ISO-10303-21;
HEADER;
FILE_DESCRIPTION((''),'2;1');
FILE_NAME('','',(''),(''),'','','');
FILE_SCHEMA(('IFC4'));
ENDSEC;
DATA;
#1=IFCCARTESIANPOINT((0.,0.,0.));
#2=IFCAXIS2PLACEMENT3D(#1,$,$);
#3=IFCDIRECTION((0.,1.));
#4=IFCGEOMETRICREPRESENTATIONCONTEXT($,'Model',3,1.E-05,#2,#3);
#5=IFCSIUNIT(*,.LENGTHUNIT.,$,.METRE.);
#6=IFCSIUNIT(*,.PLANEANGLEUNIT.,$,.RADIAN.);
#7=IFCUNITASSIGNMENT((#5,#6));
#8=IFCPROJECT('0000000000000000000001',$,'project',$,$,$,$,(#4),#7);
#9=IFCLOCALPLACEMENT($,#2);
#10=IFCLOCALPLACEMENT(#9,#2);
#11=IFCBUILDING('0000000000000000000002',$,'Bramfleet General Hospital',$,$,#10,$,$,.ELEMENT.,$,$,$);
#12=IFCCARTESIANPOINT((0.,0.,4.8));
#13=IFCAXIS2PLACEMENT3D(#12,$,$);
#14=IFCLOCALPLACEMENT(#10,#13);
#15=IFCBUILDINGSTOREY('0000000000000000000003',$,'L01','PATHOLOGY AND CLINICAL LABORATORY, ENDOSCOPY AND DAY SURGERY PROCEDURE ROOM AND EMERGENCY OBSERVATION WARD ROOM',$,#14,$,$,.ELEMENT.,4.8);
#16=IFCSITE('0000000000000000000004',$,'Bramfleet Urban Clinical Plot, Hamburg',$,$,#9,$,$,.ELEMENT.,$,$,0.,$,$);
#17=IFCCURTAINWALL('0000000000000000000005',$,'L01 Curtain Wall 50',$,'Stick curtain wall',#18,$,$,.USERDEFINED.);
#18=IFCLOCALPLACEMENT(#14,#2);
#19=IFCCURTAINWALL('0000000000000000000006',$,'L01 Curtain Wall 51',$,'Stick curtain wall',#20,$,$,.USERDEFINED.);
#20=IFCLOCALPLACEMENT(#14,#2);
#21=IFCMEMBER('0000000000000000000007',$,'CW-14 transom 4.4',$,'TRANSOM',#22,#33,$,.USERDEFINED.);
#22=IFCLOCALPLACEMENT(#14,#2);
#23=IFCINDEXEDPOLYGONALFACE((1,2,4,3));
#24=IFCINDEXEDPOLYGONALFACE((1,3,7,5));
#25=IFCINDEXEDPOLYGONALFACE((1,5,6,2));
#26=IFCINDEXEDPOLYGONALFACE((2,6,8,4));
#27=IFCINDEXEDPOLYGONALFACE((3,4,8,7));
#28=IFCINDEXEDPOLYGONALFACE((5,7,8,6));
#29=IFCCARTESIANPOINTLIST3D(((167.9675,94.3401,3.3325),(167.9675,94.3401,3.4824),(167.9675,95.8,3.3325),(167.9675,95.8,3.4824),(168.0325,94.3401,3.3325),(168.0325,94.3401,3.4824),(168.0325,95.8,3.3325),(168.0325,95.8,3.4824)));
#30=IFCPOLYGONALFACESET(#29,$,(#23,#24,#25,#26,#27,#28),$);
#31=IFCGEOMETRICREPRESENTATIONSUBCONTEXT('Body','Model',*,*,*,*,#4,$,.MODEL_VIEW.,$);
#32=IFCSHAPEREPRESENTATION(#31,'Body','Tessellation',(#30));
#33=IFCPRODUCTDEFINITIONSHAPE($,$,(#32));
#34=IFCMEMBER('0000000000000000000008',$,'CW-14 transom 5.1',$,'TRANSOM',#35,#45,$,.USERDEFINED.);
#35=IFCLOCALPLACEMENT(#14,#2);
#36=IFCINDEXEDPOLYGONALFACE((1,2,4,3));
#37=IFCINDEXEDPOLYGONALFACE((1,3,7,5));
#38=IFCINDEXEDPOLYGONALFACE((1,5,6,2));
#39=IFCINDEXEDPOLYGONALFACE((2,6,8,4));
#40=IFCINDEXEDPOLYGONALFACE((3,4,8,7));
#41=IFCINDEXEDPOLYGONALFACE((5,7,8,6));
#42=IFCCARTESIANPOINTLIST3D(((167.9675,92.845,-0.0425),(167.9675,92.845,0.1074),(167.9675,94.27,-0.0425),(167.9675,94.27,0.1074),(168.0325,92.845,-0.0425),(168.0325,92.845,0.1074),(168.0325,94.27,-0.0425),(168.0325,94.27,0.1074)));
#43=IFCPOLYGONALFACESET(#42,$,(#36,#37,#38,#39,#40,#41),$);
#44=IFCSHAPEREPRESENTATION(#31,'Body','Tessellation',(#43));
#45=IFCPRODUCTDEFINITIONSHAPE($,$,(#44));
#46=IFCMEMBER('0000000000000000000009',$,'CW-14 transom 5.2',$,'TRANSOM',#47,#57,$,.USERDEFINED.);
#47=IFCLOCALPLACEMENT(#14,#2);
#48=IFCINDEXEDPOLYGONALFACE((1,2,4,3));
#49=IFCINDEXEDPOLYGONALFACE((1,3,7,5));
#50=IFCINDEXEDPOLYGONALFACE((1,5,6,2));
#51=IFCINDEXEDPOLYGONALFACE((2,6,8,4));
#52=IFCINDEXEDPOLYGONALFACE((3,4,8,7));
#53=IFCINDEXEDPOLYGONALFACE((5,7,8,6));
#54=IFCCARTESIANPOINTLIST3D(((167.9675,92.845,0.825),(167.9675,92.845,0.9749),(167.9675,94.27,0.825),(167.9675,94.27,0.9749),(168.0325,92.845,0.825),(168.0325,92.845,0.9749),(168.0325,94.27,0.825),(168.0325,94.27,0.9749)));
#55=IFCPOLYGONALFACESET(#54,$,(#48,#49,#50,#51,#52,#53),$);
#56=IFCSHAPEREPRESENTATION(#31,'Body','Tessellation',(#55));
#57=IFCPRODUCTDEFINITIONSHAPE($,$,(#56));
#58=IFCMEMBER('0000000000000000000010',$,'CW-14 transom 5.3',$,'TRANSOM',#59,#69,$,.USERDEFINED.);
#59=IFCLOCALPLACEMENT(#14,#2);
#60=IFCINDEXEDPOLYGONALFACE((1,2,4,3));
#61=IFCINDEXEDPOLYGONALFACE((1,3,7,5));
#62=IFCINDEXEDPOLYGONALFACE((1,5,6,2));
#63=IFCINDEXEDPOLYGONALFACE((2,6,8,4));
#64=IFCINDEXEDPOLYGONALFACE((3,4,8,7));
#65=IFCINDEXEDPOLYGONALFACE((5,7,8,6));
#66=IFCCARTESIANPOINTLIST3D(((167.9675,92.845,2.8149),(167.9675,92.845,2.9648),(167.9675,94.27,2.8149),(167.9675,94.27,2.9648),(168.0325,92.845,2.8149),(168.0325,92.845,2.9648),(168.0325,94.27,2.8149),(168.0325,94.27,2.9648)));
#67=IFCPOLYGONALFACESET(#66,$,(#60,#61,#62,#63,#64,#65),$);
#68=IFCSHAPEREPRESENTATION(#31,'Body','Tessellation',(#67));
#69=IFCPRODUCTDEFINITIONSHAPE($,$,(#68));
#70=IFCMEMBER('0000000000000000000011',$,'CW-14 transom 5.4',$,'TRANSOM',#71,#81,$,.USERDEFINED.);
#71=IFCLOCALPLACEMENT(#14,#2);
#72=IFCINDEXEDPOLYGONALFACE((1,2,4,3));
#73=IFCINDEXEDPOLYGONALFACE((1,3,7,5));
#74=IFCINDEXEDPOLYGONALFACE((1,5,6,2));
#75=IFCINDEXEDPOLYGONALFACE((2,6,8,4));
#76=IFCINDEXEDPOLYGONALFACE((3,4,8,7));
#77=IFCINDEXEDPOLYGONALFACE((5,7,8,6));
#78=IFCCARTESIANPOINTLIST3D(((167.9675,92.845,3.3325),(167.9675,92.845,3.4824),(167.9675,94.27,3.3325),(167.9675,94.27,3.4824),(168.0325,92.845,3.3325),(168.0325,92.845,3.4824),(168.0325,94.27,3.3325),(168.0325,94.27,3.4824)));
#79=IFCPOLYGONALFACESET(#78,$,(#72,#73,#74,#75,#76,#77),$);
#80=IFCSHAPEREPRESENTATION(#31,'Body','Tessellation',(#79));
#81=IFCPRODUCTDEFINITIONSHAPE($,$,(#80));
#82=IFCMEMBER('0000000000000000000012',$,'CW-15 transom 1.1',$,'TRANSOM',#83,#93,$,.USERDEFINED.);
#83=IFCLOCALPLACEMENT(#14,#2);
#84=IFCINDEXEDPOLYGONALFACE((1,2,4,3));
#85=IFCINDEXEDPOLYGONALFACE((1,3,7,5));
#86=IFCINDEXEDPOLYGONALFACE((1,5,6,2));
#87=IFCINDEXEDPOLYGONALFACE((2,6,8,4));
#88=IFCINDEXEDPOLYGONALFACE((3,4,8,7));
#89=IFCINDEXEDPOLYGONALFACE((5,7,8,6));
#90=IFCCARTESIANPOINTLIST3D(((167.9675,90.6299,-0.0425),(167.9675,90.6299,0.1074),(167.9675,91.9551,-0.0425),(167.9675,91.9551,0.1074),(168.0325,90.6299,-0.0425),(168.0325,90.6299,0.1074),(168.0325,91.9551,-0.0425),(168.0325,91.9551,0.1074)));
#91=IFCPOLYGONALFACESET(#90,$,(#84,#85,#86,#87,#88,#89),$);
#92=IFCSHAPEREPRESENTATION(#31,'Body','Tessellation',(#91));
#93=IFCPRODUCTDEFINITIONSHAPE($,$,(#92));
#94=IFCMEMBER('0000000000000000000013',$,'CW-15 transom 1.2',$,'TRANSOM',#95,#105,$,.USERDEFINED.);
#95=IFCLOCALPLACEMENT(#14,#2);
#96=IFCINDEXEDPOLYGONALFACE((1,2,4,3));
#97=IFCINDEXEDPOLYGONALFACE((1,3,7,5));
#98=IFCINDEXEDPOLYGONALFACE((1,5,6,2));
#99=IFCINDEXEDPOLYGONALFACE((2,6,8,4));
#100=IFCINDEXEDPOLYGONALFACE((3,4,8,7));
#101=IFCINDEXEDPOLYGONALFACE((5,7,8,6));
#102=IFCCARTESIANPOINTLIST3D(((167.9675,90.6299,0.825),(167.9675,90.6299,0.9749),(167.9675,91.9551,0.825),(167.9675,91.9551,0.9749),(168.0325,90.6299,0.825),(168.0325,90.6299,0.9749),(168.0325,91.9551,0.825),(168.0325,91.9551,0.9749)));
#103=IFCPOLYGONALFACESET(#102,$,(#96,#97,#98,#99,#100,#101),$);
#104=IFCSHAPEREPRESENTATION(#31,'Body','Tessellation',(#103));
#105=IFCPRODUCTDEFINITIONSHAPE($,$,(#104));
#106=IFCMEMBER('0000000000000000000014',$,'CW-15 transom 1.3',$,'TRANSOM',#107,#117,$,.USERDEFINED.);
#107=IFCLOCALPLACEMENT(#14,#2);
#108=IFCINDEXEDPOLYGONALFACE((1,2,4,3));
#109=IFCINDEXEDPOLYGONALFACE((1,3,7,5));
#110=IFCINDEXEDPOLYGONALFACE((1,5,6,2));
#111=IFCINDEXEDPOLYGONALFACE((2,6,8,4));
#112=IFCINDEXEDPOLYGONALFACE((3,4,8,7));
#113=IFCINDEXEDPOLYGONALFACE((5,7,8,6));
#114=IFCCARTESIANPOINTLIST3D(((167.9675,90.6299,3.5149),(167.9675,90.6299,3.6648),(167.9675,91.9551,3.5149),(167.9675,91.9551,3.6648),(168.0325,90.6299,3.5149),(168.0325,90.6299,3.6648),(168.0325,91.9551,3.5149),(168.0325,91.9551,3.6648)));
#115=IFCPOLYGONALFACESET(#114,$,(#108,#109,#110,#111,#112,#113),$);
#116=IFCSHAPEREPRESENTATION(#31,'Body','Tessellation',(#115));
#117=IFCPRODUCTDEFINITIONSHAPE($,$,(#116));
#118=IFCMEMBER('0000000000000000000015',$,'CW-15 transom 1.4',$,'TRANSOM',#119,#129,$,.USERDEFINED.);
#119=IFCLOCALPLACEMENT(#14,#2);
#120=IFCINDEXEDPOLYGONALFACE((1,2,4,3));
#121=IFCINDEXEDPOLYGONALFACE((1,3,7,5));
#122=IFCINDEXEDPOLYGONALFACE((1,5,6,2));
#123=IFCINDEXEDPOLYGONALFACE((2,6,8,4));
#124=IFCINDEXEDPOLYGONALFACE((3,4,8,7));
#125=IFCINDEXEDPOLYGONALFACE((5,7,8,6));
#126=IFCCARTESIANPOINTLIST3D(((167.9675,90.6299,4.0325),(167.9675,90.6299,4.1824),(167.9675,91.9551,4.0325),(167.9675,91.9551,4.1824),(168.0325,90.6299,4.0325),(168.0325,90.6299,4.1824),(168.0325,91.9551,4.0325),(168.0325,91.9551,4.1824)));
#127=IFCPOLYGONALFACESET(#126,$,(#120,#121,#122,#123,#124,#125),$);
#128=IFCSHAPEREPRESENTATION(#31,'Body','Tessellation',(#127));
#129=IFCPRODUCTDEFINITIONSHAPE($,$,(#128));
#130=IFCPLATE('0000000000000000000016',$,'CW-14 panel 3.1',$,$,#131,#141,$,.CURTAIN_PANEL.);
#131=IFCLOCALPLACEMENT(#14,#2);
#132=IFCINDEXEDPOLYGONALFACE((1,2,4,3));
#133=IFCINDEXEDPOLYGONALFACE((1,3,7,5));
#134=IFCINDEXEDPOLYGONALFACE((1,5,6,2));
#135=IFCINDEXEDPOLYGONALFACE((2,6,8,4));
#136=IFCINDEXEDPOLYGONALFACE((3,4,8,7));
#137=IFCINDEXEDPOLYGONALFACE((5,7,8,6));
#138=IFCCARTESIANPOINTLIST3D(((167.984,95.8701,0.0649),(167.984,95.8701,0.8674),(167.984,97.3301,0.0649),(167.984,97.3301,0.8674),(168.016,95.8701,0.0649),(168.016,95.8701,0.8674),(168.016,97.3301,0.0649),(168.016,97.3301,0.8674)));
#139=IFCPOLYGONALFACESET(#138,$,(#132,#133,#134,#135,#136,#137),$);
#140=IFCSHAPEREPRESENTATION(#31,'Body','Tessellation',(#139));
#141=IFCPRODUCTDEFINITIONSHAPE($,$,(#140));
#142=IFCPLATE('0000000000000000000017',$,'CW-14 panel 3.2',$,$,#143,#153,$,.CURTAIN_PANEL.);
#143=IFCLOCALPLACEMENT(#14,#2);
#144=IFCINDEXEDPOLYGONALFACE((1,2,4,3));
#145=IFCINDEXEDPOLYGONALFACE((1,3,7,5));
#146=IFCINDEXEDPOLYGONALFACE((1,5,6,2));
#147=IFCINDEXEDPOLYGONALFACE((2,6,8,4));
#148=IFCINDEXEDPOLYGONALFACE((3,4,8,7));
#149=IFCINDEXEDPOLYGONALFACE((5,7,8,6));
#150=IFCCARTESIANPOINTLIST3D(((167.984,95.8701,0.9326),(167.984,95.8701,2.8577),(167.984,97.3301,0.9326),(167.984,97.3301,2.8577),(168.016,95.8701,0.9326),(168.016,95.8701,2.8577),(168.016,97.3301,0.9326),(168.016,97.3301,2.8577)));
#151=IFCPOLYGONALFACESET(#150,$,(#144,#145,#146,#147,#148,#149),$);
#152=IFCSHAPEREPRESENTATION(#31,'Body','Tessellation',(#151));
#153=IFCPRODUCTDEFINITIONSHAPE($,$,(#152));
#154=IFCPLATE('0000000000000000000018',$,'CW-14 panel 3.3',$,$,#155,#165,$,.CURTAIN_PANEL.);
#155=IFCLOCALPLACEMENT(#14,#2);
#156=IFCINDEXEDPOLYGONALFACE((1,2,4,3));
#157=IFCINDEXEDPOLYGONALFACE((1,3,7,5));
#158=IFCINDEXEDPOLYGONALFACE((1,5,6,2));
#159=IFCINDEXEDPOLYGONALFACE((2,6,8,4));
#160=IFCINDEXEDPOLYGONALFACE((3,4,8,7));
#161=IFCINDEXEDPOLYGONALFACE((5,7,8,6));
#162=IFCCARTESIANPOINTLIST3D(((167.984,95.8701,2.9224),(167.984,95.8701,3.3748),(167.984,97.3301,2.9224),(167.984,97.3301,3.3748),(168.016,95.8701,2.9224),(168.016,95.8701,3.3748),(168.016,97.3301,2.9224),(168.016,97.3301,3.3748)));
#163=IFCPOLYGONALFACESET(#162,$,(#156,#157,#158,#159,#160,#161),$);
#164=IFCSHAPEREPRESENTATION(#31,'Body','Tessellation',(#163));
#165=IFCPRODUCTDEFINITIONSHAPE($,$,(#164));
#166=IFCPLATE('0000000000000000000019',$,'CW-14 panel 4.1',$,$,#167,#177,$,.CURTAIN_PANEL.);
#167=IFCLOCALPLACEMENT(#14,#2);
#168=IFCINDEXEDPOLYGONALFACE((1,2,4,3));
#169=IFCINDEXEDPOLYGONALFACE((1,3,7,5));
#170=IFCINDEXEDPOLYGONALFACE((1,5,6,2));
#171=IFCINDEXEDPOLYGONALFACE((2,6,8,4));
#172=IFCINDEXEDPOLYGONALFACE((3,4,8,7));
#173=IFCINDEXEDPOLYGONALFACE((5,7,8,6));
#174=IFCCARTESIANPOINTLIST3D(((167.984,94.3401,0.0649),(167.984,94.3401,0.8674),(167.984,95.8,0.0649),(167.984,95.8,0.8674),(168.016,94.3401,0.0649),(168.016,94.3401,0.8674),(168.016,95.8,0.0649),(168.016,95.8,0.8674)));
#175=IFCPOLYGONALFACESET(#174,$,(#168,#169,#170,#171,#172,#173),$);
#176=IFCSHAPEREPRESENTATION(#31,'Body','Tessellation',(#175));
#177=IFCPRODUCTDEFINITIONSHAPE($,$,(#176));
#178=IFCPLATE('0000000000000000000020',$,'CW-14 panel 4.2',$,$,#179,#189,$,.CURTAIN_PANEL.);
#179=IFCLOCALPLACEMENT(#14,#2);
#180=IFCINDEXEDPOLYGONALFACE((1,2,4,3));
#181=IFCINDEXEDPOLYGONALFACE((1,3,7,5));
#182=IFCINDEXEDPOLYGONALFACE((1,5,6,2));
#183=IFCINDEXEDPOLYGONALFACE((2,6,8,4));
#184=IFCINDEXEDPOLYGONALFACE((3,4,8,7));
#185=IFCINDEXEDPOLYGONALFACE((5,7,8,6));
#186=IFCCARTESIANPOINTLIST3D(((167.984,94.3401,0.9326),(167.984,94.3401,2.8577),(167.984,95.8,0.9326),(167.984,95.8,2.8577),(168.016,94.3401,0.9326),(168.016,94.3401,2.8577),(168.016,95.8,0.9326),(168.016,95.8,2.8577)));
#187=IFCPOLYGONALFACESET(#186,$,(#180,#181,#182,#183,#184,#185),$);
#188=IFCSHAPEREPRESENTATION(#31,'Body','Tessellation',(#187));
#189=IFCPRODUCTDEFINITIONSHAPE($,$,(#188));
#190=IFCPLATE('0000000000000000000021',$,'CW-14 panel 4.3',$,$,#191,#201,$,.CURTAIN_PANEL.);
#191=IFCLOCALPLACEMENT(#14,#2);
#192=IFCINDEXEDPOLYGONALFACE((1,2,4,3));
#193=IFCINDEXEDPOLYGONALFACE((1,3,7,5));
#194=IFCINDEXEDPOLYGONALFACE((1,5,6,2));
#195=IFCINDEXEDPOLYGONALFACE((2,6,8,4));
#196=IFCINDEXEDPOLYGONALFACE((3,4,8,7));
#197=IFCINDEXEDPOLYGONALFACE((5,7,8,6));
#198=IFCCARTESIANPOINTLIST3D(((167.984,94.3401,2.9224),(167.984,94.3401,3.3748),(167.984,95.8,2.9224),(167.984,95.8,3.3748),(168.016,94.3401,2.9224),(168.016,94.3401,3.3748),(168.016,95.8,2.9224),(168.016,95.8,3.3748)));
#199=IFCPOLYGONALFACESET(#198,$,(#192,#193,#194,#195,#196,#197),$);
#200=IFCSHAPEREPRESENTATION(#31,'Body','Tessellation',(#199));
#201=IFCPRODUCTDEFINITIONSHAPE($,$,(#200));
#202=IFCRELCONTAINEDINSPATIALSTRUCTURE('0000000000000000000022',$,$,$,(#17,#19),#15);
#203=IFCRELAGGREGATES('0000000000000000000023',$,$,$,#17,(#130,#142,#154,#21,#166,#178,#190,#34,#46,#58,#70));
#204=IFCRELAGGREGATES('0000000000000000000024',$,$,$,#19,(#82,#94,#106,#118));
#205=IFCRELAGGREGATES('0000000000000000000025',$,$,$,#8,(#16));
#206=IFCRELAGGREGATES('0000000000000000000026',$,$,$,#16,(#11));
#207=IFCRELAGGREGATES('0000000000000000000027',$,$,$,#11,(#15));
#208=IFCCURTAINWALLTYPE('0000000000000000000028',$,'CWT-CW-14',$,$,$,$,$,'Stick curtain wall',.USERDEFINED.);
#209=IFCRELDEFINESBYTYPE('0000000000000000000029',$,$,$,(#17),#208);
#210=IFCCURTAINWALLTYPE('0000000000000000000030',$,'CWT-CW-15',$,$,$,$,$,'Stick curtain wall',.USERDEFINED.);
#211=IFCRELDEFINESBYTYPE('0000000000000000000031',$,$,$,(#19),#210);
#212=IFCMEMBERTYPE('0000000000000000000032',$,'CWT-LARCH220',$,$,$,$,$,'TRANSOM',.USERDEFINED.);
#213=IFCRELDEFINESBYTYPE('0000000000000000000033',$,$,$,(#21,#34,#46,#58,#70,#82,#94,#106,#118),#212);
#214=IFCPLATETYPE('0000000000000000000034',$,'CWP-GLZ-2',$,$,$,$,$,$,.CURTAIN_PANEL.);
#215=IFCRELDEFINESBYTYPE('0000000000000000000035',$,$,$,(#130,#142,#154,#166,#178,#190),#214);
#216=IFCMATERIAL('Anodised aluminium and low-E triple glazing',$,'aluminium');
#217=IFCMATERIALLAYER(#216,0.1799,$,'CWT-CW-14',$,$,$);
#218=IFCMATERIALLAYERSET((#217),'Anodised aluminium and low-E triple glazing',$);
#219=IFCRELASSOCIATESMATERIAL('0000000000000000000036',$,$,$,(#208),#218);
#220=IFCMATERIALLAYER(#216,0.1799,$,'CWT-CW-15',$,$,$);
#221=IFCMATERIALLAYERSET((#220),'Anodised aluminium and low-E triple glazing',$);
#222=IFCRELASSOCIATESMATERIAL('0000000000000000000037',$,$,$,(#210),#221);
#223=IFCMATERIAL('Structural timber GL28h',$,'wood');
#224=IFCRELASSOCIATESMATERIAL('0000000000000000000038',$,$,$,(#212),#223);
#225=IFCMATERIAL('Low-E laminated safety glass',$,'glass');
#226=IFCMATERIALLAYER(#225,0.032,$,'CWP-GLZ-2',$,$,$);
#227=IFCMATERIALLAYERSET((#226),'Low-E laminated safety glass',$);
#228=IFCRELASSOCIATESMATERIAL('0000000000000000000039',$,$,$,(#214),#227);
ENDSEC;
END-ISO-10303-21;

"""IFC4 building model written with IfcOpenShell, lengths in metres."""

from ifc_helpers import new_model, si_unit, direction, frame, origin, origin_2d, place, context, subcontext, project, spatial, rectangle, extrude, material, layer, layer_set, material_profile, profile_set, type_object, element, aggregate, save


model = new_model("IFC4")

# Units and contexts
model_context = context("Model", 3, precision=1e-05, world=origin(), true_north=direction((0.0, 1.0)))
body_context = subcontext(model_context, "Body", "Model", "MODEL_VIEW")
ifc_project = project(units=[si_unit("LENGTHUNIT", "METRE"), si_unit("PLANEANGLEUNIT", "RADIAN")], contexts=[model_context])

# Site, building, storey
site_placement = place(None, origin())
site = spatial("IfcSite", under=ifc_project, at=site_placement, Name="Bramfleet Urban Clinical Plot, Hamburg", CompositionType="ELEMENT", RefElevation=0.0)
building_placement = place(site_placement, origin())
building = spatial("IfcBuilding", under=site, at=building_placement, Name="Bramfleet General Hospital", CompositionType="ELEMENT")
storey_placement = place(building_placement, frame((0.0, 0.0, 4.8)))
storey = spatial("IfcBuildingStorey", under=building, at=storey_placement, Name="L01", Description="PATHOLOGY AND CLINICAL LABORATORY, ENDOSCOPY AND DAY SURGERY PROCEDURE ROOM AND EMERGENCY OBSERVATION WARD ROOM", CompositionType="ELEMENT", Elevation=4.8)

# Curtain wall
ifc_material_1 = material(Name="Anodised aluminium and low-E triple glazing", Category="aluminium")
ifc_layer_1 = layer(ifc_material_1, 0.1799, Name="CWT-CW-14")
ifc_layer_set_1 = layer_set([ifc_layer_1], Name="Anodised aluminium and low-E triple glazing")
curtain_wall_type_1 = type_object("IfcCurtainWallType", Name="CWT-CW-14", ElementType="Stick curtain wall", PredefinedType="USERDEFINED", material=ifc_layer_set_1)
curtain_wall_1_placement = place(storey_placement, origin())
curtain_wall_1 = element("IfcCurtainWall", 1, at=curtain_wall_1_placement, inside=storey, type_object=curtain_wall_type_1, Name="L01 Curtain Wall 50", ObjectType="Stick curtain wall", PredefinedType="USERDEFINED")
ifc_material_2 = material(Name="Structural timber GL28h", Category="wood")

# Curtain wall
ifc_layer_2 = layer(ifc_material_1, 0.1799, Name="CWT-CW-15")
ifc_layer_set_2 = layer_set([ifc_layer_2], Name="Anodised aluminium and low-E triple glazing")
curtain_wall_type_2 = type_object("IfcCurtainWallType", Name="CWT-CW-15", ElementType="Stick curtain wall", PredefinedType="USERDEFINED", material=ifc_layer_set_2)
curtain_wall_2_placement = place(storey_placement, origin())
curtain_wall_2 = element("IfcCurtainWall", 2, at=curtain_wall_2_placement, inside=storey, type_object=curtain_wall_type_2, Name="L01 Curtain Wall 51", ObjectType="Stick curtain wall", PredefinedType="USERDEFINED")

# Members
ifc_material_profile_1 = material_profile(ifc_material_2, rectangle(XDim=0.0649, YDim=0.1499, at=origin_2d()), Name="LARCH 150x65")
ifc_profile_set_1 = profile_set([ifc_material_profile_1], Name="Structural timber GL28h")
member_type_1 = type_object("IfcMemberType", Name="CWT-LARCH220", ElementType="TRANSOM", PredefinedType="USERDEFINED", material=ifc_profile_set_1)
member_1_placement = place(storey_placement, frame((168.0, 95.8, 3.4075), z_axis=(0.0, -1.0, 0.0), x_axis=(1.0, 0.0, 0.0)))
member_1 = element("IfcMember", 3, at=member_1_placement, type_object=member_type_1, Name="CW-14 transom 4.4", ObjectType="TRANSOM", PredefinedType="USERDEFINED", context=body_context, shape_type="SweptSolid", body=[
    extrude(rectangle(XDim=0.0649, YDim=0.1499, at=origin_2d()), origin(), (0.0, 0.0, 1.0), 1.46),
])
member_2_placement = place(storey_placement, frame((168.0, 94.27, 0.0325), z_axis=(0.0, -1.0, 0.0), x_axis=(1.0, 0.0, 0.0)))
member_2 = element("IfcMember", 4, at=member_2_placement, type_object=member_type_1, Name="CW-14 transom 5.1", ObjectType="TRANSOM", PredefinedType="USERDEFINED", context=body_context, shape_type="SweptSolid", body=[
    extrude(rectangle(XDim=0.0649, YDim=0.1499, at=origin_2d()), origin(), (0.0, 0.0, 1.0), 1.425),
])
member_3_placement = place(storey_placement, frame((168.0, 94.27, 0.8999), z_axis=(0.0, -1.0, 0.0), x_axis=(1.0, 0.0, 0.0)))
member_3 = element("IfcMember", 5, at=member_3_placement, type_object=member_type_1, Name="CW-14 transom 5.2", ObjectType="TRANSOM", PredefinedType="USERDEFINED", context=body_context, shape_type="SweptSolid", body=[
    extrude(rectangle(XDim=0.0649, YDim=0.1499, at=origin_2d()), origin(), (0.0, 0.0, 1.0), 1.425),
])
member_4_placement = place(storey_placement, frame((168.0, 94.27, 2.8899), z_axis=(0.0, -1.0, 0.0), x_axis=(1.0, 0.0, 0.0)))
member_4 = element("IfcMember", 6, at=member_4_placement, type_object=member_type_1, Name="CW-14 transom 5.3", ObjectType="TRANSOM", PredefinedType="USERDEFINED", context=body_context, shape_type="SweptSolid", body=[
    extrude(rectangle(XDim=0.0649, YDim=0.1499, at=origin_2d()), origin(), (0.0, 0.0, 1.0), 1.425),
])
member_5_placement = place(storey_placement, frame((168.0, 94.27, 3.4075), z_axis=(0.0, -1.0, 0.0), x_axis=(1.0, 0.0, 0.0)))
member_5 = element("IfcMember", 7, at=member_5_placement, type_object=member_type_1, Name="CW-14 transom 5.4", ObjectType="TRANSOM", PredefinedType="USERDEFINED", context=body_context, shape_type="SweptSolid", body=[
    extrude(rectangle(XDim=0.0649, YDim=0.1499, at=origin_2d()), origin(), (0.0, 0.0, 1.0), 1.425),
])
member_6_placement = place(storey_placement, frame((168.0, 91.9551, 0.0325), z_axis=(0.0, -1.0, 0.0), x_axis=(1.0, 0.0, 0.0)))
member_6 = element("IfcMember", 8, at=member_6_placement, type_object=member_type_1, Name="CW-15 transom 1.1", ObjectType="TRANSOM", PredefinedType="USERDEFINED", context=body_context, shape_type="SweptSolid", body=[
    extrude(rectangle(XDim=0.0649, YDim=0.1499, at=origin_2d()), origin(), (0.0, 0.0, 1.0), 1.3252),
])
member_7_placement = place(storey_placement, frame((168.0, 91.9551, 0.8999), z_axis=(0.0, -1.0, 0.0), x_axis=(1.0, 0.0, 0.0)))
member_7 = element("IfcMember", 9, at=member_7_placement, type_object=member_type_1, Name="CW-15 transom 1.2", ObjectType="TRANSOM", PredefinedType="USERDEFINED", context=body_context, shape_type="SweptSolid", body=[
    extrude(rectangle(XDim=0.0649, YDim=0.1499, at=origin_2d()), origin(), (0.0, 0.0, 1.0), 1.3252),
])
member_8_placement = place(storey_placement, frame((168.0, 91.9551, 3.5898), z_axis=(0.0, -1.0, 0.0), x_axis=(1.0, 0.0, 0.0)))
member_8 = element("IfcMember", 10, at=member_8_placement, type_object=member_type_1, Name="CW-15 transom 1.3", ObjectType="TRANSOM", PredefinedType="USERDEFINED", context=body_context, shape_type="SweptSolid", body=[
    extrude(rectangle(XDim=0.0649, YDim=0.1499, at=origin_2d()), origin(), (0.0, 0.0, 1.0), 1.3252),
])
member_9_placement = place(storey_placement, frame((168.0, 91.9551, 4.1074), z_axis=(0.0, -1.0, 0.0), x_axis=(1.0, 0.0, 0.0)))
member_9 = element("IfcMember", 11, at=member_9_placement, type_object=member_type_1, Name="CW-15 transom 1.4", ObjectType="TRANSOM", PredefinedType="USERDEFINED", context=body_context, shape_type="SweptSolid", body=[
    extrude(rectangle(XDim=0.0649, YDim=0.1499, at=origin_2d()), origin(), (0.0, 0.0, 1.0), 1.3252),
])

# Plates
ifc_material_3 = material(Name="Low-E laminated safety glass", Category="glass")
ifc_layer_3 = layer(ifc_material_3, 0.032, Name="CWP-GLZ-2")
ifc_layer_set_3 = layer_set([ifc_layer_3], Name="Low-E laminated safety glass")
plate_type_1 = type_object("IfcPlateType", Name="CWP-GLZ-2", PredefinedType="CURTAIN_PANEL", material=ifc_layer_set_3)
plate_1_placement = place(storey_placement, frame((168.0, 96.6001, 0.0649), z_axis=(0.0, 0.0, 1.0), x_axis=(0.0, -1.0, 0.0)))
plate_1 = element("IfcPlate", 12, at=plate_1_placement, type_object=plate_type_1, Name="CW-14 panel 3.1", PredefinedType="CURTAIN_PANEL", context=body_context, shape_type="SweptSolid", body=[
    extrude(rectangle(XDim=1.46, YDim=0.032, at=origin_2d()), origin(), (0.0, 0.0, 1.0), 0.8025),
])
plate_2_placement = place(storey_placement, frame((168.0, 96.6001, 0.9326), z_axis=(0.0, 0.0, 1.0), x_axis=(0.0, -1.0, 0.0)))
plate_2 = element("IfcPlate", 13, at=plate_2_placement, type_object=plate_type_1, Name="CW-14 panel 3.2", PredefinedType="CURTAIN_PANEL", context=body_context, shape_type="SweptSolid", body=[
    extrude(rectangle(XDim=1.46, YDim=0.032, at=origin_2d()), origin(), (0.0, 0.0, 1.0), 1.925),
])
plate_3_placement = place(storey_placement, frame((168.0, 96.6001, 2.9224), z_axis=(0.0, 0.0, 1.0), x_axis=(0.0, -1.0, 0.0)))
plate_3 = element("IfcPlate", 14, at=plate_3_placement, type_object=plate_type_1, Name="CW-14 panel 3.3", PredefinedType="CURTAIN_PANEL", context=body_context, shape_type="SweptSolid", body=[
    extrude(rectangle(XDim=1.46, YDim=0.032, at=origin_2d()), origin(), (0.0, 0.0, 1.0), 0.4524),
])
plate_4_placement = place(storey_placement, frame((168.0, 95.0701, 0.0649), z_axis=(0.0, 0.0, 1.0), x_axis=(0.0, -1.0, 0.0)))
plate_4 = element("IfcPlate", 15, at=plate_4_placement, type_object=plate_type_1, Name="CW-14 panel 4.1", PredefinedType="CURTAIN_PANEL", context=body_context, shape_type="SweptSolid", body=[
    extrude(rectangle(XDim=1.46, YDim=0.032, at=origin_2d()), origin(), (0.0, 0.0, 1.0), 0.8025),
])
plate_5_placement = place(storey_placement, frame((168.0, 95.0701, 0.9326), z_axis=(0.0, 0.0, 1.0), x_axis=(0.0, -1.0, 0.0)))
plate_5 = element("IfcPlate", 16, at=plate_5_placement, type_object=plate_type_1, Name="CW-14 panel 4.2", PredefinedType="CURTAIN_PANEL", context=body_context, shape_type="SweptSolid", body=[
    extrude(rectangle(XDim=1.46, YDim=0.032, at=origin_2d()), origin(), (0.0, 0.0, 1.0), 1.925),
])
plate_6_placement = place(storey_placement, frame((168.0, 95.0701, 2.9224), z_axis=(0.0, 0.0, 1.0), x_axis=(0.0, -1.0, 0.0)))
plate_6 = element("IfcPlate", 17, at=plate_6_placement, type_object=plate_type_1, Name="CW-14 panel 4.3", PredefinedType="CURTAIN_PANEL", context=body_context, shape_type="SweptSolid", body=[
    extrude(rectangle(XDim=1.46, YDim=0.032, at=origin_2d()), origin(), (0.0, 0.0, 1.0), 0.4524),
])
aggregate(curtain_wall_1, [plate_1, plate_2, plate_3, member_1, plate_4, plate_5, plate_6, member_2, member_3, member_4, member_5])
aggregate(curtain_wall_2, [member_6, member_7, member_8, member_9])

save(model, "model.ifc")
